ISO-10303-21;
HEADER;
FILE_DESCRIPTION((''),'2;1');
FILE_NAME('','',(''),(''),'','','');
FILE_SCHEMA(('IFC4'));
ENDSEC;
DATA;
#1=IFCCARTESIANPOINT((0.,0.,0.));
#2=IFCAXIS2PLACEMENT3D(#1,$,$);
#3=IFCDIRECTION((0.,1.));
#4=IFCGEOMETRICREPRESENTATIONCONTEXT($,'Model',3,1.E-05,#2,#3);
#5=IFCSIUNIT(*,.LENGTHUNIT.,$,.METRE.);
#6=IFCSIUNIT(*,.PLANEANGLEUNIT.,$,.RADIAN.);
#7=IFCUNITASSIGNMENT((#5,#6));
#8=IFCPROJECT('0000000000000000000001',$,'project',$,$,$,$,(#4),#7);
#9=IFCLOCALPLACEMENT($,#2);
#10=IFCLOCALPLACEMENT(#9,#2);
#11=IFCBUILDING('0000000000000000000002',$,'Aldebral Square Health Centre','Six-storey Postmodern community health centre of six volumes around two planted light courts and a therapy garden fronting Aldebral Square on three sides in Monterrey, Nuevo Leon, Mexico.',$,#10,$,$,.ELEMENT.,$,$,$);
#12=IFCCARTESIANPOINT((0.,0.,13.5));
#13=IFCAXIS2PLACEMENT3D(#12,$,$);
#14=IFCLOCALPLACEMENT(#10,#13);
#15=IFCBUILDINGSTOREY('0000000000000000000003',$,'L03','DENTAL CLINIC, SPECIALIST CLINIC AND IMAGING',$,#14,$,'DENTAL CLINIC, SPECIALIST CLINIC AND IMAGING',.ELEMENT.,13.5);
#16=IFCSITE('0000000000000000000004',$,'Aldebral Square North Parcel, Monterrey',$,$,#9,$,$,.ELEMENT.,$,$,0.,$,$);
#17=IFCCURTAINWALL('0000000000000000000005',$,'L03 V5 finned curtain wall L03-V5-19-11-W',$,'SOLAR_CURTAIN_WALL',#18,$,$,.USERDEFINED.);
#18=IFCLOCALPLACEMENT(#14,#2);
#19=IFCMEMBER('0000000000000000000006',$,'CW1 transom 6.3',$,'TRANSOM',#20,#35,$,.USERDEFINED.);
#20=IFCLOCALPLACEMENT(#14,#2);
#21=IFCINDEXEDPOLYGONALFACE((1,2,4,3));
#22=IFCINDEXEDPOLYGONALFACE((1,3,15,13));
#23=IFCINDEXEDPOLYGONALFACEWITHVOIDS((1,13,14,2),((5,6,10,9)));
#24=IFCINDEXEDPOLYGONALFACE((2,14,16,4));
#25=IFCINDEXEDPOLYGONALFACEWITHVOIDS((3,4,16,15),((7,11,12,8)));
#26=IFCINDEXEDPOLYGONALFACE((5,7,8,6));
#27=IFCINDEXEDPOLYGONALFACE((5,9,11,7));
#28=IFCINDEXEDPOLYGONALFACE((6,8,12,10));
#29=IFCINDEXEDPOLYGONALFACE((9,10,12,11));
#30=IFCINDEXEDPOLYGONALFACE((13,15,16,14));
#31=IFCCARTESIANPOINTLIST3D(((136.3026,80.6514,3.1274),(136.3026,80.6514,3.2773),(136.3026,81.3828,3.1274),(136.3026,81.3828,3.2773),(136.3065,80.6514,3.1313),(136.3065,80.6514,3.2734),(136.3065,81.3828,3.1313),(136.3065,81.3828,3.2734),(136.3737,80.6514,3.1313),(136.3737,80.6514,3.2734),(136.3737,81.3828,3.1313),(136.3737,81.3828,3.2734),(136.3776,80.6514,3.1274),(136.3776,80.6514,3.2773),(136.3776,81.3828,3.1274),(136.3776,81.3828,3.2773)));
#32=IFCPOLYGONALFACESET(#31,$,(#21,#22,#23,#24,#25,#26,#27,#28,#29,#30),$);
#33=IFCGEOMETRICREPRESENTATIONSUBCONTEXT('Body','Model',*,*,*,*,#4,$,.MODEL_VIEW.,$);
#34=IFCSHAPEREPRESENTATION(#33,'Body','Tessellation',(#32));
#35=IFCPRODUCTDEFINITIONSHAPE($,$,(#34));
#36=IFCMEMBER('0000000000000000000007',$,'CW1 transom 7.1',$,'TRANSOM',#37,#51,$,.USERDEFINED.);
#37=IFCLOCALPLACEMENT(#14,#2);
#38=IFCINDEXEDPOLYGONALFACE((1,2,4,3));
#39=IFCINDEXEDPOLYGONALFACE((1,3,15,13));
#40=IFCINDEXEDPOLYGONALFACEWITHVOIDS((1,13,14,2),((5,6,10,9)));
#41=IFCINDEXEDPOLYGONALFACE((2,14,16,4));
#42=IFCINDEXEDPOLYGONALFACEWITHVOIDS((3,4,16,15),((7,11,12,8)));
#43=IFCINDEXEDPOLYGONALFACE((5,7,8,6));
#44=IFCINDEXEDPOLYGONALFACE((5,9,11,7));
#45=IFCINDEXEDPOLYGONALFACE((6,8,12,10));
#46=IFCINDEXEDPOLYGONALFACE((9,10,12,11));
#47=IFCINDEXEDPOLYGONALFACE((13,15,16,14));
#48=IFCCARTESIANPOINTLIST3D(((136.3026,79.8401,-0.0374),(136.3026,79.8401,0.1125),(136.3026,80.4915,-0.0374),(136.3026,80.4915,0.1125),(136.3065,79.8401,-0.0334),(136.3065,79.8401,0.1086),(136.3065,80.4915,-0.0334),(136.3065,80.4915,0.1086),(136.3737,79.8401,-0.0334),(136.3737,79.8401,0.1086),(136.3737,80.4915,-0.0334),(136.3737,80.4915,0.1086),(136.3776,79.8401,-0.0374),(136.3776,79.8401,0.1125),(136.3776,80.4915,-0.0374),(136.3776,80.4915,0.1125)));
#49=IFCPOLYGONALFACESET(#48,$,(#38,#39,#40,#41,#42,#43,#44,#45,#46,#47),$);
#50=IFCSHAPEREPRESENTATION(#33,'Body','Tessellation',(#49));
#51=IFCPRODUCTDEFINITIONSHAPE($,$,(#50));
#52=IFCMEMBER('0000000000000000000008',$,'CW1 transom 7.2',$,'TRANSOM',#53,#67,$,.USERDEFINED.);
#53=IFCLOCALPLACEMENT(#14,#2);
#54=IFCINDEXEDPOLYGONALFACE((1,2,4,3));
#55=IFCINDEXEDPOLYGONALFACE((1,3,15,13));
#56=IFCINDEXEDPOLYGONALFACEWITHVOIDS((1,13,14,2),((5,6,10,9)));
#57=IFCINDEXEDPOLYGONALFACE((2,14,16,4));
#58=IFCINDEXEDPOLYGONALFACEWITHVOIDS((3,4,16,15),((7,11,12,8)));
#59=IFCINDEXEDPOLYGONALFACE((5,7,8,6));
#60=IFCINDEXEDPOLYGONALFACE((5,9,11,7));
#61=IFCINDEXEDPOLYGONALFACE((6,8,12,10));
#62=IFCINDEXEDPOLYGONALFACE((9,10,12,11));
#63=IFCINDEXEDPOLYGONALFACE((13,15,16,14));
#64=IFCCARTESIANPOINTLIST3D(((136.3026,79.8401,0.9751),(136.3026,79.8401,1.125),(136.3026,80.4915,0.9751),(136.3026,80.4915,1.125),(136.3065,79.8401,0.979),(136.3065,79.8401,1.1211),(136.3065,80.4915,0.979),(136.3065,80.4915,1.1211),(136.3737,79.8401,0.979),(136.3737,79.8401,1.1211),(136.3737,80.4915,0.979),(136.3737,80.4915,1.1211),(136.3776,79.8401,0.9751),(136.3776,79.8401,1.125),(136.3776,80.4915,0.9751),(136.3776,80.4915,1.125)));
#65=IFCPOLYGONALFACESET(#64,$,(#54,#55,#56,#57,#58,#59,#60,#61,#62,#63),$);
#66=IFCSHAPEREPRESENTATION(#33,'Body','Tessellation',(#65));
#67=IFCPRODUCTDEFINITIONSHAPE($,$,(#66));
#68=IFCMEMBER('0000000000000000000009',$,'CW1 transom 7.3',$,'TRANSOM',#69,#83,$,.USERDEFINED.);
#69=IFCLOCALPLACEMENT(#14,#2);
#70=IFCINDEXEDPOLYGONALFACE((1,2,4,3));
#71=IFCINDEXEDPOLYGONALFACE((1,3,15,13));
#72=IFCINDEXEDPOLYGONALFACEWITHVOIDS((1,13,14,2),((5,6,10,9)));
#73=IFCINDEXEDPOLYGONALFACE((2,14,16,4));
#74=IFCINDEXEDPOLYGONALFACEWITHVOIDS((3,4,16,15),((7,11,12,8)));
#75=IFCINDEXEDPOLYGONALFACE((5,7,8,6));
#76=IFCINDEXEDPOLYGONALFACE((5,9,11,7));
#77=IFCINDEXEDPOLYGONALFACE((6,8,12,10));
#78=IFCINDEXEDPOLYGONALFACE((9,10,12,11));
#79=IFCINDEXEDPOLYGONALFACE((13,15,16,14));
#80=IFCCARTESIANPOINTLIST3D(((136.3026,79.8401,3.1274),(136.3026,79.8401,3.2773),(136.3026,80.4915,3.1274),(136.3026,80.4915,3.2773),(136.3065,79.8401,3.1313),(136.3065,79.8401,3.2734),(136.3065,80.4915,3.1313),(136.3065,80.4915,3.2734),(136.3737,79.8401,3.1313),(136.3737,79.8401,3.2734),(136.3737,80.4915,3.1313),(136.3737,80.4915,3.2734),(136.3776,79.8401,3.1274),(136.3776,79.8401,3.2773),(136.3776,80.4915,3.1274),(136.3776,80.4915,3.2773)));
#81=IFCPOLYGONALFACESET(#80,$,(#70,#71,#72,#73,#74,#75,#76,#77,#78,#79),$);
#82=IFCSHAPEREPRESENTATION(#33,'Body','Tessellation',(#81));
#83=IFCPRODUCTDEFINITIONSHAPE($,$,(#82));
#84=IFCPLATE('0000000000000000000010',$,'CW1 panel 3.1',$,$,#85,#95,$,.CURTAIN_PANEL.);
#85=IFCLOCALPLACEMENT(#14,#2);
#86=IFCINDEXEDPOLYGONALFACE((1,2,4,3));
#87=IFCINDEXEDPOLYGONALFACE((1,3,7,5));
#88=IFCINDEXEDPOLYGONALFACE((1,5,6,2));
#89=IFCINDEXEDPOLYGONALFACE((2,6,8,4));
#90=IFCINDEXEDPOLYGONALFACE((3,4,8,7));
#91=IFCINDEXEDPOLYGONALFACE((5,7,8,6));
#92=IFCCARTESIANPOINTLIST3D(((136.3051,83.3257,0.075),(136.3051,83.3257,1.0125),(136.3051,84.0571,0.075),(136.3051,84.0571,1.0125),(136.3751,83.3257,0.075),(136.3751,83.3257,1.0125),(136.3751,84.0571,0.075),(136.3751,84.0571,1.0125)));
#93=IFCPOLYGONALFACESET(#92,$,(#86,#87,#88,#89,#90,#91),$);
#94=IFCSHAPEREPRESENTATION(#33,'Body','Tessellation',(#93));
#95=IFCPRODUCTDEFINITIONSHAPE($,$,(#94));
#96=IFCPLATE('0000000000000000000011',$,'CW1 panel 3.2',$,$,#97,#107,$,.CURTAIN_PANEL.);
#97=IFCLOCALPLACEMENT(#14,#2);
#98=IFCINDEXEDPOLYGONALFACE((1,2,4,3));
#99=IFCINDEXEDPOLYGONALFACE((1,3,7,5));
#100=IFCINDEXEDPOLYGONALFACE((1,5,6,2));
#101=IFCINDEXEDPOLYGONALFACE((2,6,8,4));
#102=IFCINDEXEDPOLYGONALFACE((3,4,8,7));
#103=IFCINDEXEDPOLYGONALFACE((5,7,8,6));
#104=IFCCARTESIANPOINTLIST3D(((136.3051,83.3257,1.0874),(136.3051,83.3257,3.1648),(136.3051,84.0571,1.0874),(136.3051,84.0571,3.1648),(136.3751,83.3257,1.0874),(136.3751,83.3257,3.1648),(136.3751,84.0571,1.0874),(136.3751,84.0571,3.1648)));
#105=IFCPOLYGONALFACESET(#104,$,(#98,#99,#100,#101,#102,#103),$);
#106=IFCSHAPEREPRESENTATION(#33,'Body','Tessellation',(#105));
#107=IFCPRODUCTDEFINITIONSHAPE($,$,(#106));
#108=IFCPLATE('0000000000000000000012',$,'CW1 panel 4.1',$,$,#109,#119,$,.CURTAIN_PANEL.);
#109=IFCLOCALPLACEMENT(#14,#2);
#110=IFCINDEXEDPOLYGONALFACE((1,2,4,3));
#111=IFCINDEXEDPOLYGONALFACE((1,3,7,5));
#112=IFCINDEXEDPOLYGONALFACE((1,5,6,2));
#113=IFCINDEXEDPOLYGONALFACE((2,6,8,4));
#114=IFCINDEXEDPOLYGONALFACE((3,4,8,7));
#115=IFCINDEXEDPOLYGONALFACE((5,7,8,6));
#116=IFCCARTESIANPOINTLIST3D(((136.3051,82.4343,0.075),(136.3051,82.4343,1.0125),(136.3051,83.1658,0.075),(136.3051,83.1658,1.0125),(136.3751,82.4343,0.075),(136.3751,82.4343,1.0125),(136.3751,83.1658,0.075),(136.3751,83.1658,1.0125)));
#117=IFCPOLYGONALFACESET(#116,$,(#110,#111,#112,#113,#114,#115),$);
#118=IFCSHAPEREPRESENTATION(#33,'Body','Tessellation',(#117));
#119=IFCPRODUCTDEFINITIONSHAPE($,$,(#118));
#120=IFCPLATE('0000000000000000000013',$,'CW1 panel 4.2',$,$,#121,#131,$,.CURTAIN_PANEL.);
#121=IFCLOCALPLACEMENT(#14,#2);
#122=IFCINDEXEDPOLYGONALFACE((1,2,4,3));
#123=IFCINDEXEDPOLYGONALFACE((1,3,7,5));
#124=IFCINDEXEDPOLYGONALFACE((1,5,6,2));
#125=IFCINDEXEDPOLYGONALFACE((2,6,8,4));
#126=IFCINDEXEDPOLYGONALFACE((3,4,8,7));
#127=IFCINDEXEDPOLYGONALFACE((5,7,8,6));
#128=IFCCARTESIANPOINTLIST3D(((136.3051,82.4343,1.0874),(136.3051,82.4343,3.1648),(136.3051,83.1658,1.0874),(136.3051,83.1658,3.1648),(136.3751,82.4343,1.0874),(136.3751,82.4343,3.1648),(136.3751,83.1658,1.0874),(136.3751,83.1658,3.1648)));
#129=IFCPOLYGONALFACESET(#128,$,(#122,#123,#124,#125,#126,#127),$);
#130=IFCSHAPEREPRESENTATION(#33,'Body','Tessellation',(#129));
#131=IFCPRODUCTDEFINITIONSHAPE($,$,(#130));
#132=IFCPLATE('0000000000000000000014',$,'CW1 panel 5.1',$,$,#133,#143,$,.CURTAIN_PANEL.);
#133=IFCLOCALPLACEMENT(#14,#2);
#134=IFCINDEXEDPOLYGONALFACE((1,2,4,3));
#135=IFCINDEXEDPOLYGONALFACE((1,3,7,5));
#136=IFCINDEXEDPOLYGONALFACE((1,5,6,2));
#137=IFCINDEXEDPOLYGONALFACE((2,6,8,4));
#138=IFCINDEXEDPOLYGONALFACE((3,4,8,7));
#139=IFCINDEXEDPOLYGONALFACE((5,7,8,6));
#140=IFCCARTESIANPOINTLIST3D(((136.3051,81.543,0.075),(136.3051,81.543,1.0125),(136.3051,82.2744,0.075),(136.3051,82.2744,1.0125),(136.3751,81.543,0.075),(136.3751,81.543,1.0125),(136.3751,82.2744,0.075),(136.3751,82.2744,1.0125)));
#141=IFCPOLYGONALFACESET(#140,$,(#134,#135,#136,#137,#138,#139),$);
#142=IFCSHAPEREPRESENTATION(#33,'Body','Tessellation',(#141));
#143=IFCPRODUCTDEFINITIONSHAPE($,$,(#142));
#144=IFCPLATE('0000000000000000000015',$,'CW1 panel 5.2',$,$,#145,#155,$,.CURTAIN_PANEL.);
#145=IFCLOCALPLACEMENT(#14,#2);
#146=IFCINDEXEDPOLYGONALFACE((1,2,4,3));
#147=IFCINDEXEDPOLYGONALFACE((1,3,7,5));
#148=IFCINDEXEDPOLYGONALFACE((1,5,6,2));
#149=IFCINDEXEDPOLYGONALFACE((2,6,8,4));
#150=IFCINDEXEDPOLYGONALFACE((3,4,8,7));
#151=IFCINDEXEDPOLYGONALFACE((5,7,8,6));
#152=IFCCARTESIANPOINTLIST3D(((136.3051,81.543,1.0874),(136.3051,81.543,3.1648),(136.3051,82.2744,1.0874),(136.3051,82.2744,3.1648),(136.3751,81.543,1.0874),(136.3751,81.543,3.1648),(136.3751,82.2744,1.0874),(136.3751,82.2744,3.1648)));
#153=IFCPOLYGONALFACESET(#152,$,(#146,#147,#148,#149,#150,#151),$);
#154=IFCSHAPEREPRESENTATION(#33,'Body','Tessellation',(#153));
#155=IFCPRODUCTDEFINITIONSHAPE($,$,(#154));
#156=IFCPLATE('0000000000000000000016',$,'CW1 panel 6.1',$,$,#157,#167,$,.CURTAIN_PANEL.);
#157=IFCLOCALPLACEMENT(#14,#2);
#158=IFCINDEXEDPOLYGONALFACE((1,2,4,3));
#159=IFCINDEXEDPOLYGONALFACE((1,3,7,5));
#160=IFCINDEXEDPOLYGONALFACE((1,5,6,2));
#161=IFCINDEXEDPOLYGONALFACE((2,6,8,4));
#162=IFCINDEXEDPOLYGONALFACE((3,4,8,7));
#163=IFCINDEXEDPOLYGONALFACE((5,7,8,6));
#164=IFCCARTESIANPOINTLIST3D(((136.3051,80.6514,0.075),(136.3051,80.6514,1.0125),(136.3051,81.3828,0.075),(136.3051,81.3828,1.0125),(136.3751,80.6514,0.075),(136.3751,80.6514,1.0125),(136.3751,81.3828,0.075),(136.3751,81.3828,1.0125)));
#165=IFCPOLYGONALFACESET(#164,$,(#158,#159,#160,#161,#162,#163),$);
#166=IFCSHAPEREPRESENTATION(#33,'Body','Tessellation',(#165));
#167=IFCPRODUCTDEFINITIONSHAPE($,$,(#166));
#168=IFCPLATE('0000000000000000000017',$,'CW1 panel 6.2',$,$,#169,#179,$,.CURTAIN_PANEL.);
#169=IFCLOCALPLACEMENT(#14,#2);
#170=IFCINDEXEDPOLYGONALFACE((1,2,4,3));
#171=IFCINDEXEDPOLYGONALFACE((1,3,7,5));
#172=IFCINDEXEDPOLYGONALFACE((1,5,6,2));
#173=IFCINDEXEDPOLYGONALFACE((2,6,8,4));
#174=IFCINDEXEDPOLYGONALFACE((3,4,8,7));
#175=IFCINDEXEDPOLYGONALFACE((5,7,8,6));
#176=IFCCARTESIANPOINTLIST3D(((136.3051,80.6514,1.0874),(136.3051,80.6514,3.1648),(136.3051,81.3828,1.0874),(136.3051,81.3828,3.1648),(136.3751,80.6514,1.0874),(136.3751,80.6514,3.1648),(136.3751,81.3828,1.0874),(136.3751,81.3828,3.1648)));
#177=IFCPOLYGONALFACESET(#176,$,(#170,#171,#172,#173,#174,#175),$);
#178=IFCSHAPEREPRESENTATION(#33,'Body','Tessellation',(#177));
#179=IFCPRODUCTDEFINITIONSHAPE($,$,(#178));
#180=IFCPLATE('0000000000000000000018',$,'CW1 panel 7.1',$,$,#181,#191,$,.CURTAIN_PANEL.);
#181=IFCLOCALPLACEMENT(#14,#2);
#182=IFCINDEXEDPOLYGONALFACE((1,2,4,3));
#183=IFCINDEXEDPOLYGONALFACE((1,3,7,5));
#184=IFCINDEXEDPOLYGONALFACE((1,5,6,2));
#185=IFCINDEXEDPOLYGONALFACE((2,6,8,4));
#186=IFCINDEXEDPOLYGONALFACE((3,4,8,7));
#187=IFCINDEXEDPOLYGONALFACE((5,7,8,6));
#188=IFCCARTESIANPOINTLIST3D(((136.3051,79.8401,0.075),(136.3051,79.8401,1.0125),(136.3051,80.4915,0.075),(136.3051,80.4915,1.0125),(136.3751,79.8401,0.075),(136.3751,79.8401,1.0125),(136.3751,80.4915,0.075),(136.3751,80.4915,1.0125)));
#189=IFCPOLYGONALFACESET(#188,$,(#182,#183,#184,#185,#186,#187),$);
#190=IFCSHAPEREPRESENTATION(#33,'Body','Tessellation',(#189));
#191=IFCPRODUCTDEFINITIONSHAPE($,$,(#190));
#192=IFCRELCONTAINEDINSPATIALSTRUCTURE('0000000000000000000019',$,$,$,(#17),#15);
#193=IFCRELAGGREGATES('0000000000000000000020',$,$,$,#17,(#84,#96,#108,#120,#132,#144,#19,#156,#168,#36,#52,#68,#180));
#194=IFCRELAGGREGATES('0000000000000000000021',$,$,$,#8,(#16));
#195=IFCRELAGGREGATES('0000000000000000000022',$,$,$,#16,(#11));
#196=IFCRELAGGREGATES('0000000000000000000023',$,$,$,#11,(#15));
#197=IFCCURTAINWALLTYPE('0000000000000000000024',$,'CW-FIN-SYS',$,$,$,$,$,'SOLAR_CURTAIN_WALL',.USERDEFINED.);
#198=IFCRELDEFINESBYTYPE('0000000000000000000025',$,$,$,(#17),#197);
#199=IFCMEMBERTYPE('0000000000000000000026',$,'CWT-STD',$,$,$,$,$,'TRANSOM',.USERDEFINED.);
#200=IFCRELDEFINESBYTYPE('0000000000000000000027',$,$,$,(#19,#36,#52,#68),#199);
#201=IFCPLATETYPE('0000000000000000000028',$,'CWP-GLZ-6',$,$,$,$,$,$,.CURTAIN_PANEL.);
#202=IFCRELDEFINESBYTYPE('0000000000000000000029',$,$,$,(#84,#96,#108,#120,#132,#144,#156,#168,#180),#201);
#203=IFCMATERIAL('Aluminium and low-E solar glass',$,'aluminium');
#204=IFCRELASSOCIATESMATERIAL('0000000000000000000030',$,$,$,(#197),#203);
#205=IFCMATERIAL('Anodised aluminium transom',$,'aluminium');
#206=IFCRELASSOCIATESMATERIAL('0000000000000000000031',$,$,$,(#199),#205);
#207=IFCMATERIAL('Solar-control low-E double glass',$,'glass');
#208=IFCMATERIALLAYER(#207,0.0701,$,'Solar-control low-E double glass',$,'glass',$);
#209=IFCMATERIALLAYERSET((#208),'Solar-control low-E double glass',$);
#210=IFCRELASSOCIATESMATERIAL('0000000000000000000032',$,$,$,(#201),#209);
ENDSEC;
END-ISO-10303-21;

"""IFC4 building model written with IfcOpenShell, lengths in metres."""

from ifc_helpers import new_model, si_unit, direction, frame, origin, origin_2d, place, context, subcontext, project, spatial, rectangle, hollow_rectangle, extrude, material, layer, layer_set, material_profile, profile_set, type_object, element, aggregate, save


model = new_model("IFC4")

# Units and contexts
model_context = context("Model", 3, precision=1e-05, world=origin(), true_north=direction((0.0, 1.0)))
body_context = subcontext(model_context, "Body", "Model", "MODEL_VIEW")
ifc_project = project(units=[si_unit("LENGTHUNIT", "METRE"), si_unit("PLANEANGLEUNIT", "RADIAN")], contexts=[model_context])

# Site, building, storey
site_placement = place(None, origin())
site = spatial("IfcSite", under=ifc_project, at=site_placement, Name="Aldebral Square North Parcel, Monterrey", CompositionType="ELEMENT", RefElevation=0.0)
building_placement = place(site_placement, origin())
building = spatial("IfcBuilding", under=site, at=building_placement, Name="Aldebral Square Health Centre", Description="Six-storey Postmodern community health centre of six volumes around two planted light courts and a therapy garden fronting Aldebral Square on three sides in Monterrey, Nuevo Leon, Mexico.", CompositionType="ELEMENT")
storey_placement = place(building_placement, frame((0.0, 0.0, 13.5)))
storey = spatial("IfcBuildingStorey", under=building, at=storey_placement, Name="L03", Description="DENTAL CLINIC, SPECIALIST CLINIC AND IMAGING", LongName="DENTAL CLINIC, SPECIALIST CLINIC AND IMAGING", CompositionType="ELEMENT", Elevation=13.5)

# Shared definitions
ifc_material_1 = material(Name="Aluminium and low-E solar glass", Category="aluminium")
curtain_wall_type = type_object("IfcCurtainWallType", Name="CW-FIN-SYS", ElementType="SOLAR_CURTAIN_WALL", PredefinedType="USERDEFINED", material=ifc_material_1)

# Curtain wall, members, plates
curtain_wall_1_placement = place(storey_placement, origin())
curtain_wall_1 = element("IfcCurtainWall", 1, at=curtain_wall_1_placement, inside=storey, type_object=curtain_wall_type, Name="L03 V5 finned curtain wall L03-V5-19-11-W", ObjectType="SOLAR_CURTAIN_WALL", PredefinedType="USERDEFINED")
ifc_material_2 = material(Name="Anodised aluminium transom", Category="aluminium")
ifc_material_profile_1 = material_profile(ifc_material_2, hollow_rectangle(XDim=0.075, YDim=0.1499, WallThickness=0.0039, at=origin_2d()), Name="CWT 75x150x4")
ifc_profile_set_1 = profile_set([ifc_material_profile_1], Name="Anodised aluminium transom")
member_type_1 = type_object("IfcMemberType", Name="CWT-STD", ElementType="TRANSOM", PredefinedType="USERDEFINED", material=ifc_profile_set_1)
member_1_placement = place(storey_placement, frame((136.3401, 81.3828, 3.2024), z_axis=(0.0, -1.0, 0.0), x_axis=(1.0, 0.0, 0.0)))
member_1 = element("IfcMember", 2, at=member_1_placement, type_object=member_type_1, Name="CW1 transom 6.3", ObjectType="TRANSOM", PredefinedType="USERDEFINED", context=body_context, shape_type="SweptSolid", body=[
    extrude(hollow_rectangle(XDim=0.075, YDim=0.1499, WallThickness=0.0039, at=origin_2d()), origin(), (0.0, 0.0, 1.0), 0.7314),
])
member_2_placement = place(storey_placement, frame((136.3401, 80.4915, 0.0376), z_axis=(0.0, -1.0, 0.0), x_axis=(1.0, 0.0, 0.0)))
member_2 = element("IfcMember", 3, at=member_2_placement, type_object=member_type_1, Name="CW1 transom 7.1", ObjectType="TRANSOM", PredefinedType="USERDEFINED", context=body_context, shape_type="SweptSolid", body=[
    extrude(hollow_rectangle(XDim=0.075, YDim=0.1499, WallThickness=0.0039, at=origin_2d()), origin(), (0.0, 0.0, 1.0), 0.6514),
])
member_3_placement = place(storey_placement, frame((136.3401, 80.4915, 1.05), z_axis=(0.0, -1.0, 0.0), x_axis=(1.0, 0.0, 0.0)))
member_3 = element("IfcMember", 4, at=member_3_placement, type_object=member_type_1, Name="CW1 transom 7.2", ObjectType="TRANSOM", PredefinedType="USERDEFINED", context=body_context, shape_type="SweptSolid", body=[
    extrude(hollow_rectangle(XDim=0.075, YDim=0.1499, WallThickness=0.0039, at=origin_2d()), origin(), (0.0, 0.0, 1.0), 0.6514),
])
member_4_placement = place(storey_placement, frame((136.3401, 80.4915, 3.2024), z_axis=(0.0, -1.0, 0.0), x_axis=(1.0, 0.0, 0.0)))
member_4 = element("IfcMember", 5, at=member_4_placement, type_object=member_type_1, Name="CW1 transom 7.3", ObjectType="TRANSOM", PredefinedType="USERDEFINED", context=body_context, shape_type="SweptSolid", body=[
    extrude(hollow_rectangle(XDim=0.075, YDim=0.1499, WallThickness=0.0039, at=origin_2d()), origin(), (0.0, 0.0, 1.0), 0.6514),
])
ifc_material_3 = material(Name="Solar-control low-E double glass", Category="glass")
ifc_layer_1 = layer(ifc_material_3, 0.0701, Name="Solar-control low-E double glass", Category="glass")
ifc_layer_set_1 = layer_set([ifc_layer_1], Name="Solar-control low-E double glass")
plate_type_1 = type_object("IfcPlateType", Name="CWP-GLZ-6", PredefinedType="CURTAIN_PANEL", material=ifc_layer_set_1)
plate_1_placement = place(storey_placement, frame((136.3401, 83.6914, 0.075), z_axis=(0.0, 0.0, 1.0), x_axis=(0.0, -1.0, 0.0)))
plate_1 = element("IfcPlate", 6, at=plate_1_placement, type_object=plate_type_1, Name="CW1 panel 3.1", PredefinedType="CURTAIN_PANEL", context=body_context, shape_type="SweptSolid", body=[
    extrude(rectangle(XDim=0.7314, YDim=0.0701, at=origin_2d()), origin(), (0.0, 0.0, 1.0), 0.9375),
])
plate_2_placement = place(storey_placement, frame((136.3401, 83.6914, 1.0874), z_axis=(0.0, 0.0, 1.0), x_axis=(0.0, -1.0, 0.0)))
plate_2 = element("IfcPlate", 7, at=plate_2_placement, type_object=plate_type_1, Name="CW1 panel 3.2", PredefinedType="CURTAIN_PANEL", context=body_context, shape_type="SweptSolid", body=[
    extrude(rectangle(XDim=0.7314, YDim=0.0701, at=origin_2d()), origin(), (0.0, 0.0, 1.0), 2.0774),
])
plate_3_placement = place(storey_placement, frame((136.3401, 82.8, 0.075), z_axis=(0.0, 0.0, 1.0), x_axis=(0.0, -1.0, 0.0)))
plate_3 = element("IfcPlate", 8, at=plate_3_placement, type_object=plate_type_1, Name="CW1 panel 4.1", PredefinedType="CURTAIN_PANEL", context=body_context, shape_type="SweptSolid", body=[
    extrude(rectangle(XDim=0.7314, YDim=0.0701, at=origin_2d()), origin(), (0.0, 0.0, 1.0), 0.9375),
])
plate_4_placement = place(storey_placement, frame((136.3401, 82.8, 1.0874), z_axis=(0.0, 0.0, 1.0), x_axis=(0.0, -1.0, 0.0)))
plate_4 = element("IfcPlate", 9, at=plate_4_placement, type_object=plate_type_1, Name="CW1 panel 4.2", PredefinedType="CURTAIN_PANEL", context=body_context, shape_type="SweptSolid", body=[
    extrude(rectangle(XDim=0.7314, YDim=0.0701, at=origin_2d()), origin(), (0.0, 0.0, 1.0), 2.0774),
])
plate_5_placement = place(storey_placement, frame((136.3401, 81.9087, 0.075), z_axis=(0.0, 0.0, 1.0), x_axis=(0.0, -1.0, 0.0)))
plate_5 = element("IfcPlate", 10, at=plate_5_placement, type_object=plate_type_1, Name="CW1 panel 5.1", PredefinedType="CURTAIN_PANEL", context=body_context, shape_type="SweptSolid", body=[
    extrude(rectangle(XDim=0.7314, YDim=0.0701, at=origin_2d()), origin(), (0.0, 0.0, 1.0), 0.9375),
])
plate_6_placement = place(storey_placement, frame((136.3401, 81.9087, 1.0874), z_axis=(0.0, 0.0, 1.0), x_axis=(0.0, -1.0, 0.0)))
plate_6 = element("IfcPlate", 11, at=plate_6_placement, type_object=plate_type_1, Name="CW1 panel 5.2", PredefinedType="CURTAIN_PANEL", context=body_context, shape_type="SweptSolid", body=[
    extrude(rectangle(XDim=0.7314, YDim=0.0701, at=origin_2d()), origin(), (0.0, 0.0, 1.0), 2.0774),
])
plate_7_placement = place(storey_placement, frame((136.3401, 81.0171, 0.075), z_axis=(0.0, 0.0, 1.0), x_axis=(0.0, -1.0, 0.0)))
plate_7 = element("IfcPlate", 12, at=plate_7_placement, type_object=plate_type_1, Name="CW1 panel 6.1", PredefinedType="CURTAIN_PANEL", context=body_context, shape_type="SweptSolid", body=[
    extrude(rectangle(XDim=0.7314, YDim=0.0701, at=origin_2d()), origin(), (0.0, 0.0, 1.0), 0.9375),
])
plate_8_placement = place(storey_placement, frame((136.3401, 81.0171, 1.0874), z_axis=(0.0, 0.0, 1.0), x_axis=(0.0, -1.0, 0.0)))
plate_8 = element("IfcPlate", 13, at=plate_8_placement, type_object=plate_type_1, Name="CW1 panel 6.2", PredefinedType="CURTAIN_PANEL", context=body_context, shape_type="SweptSolid", body=[
    extrude(rectangle(XDim=0.7314, YDim=0.0701, at=origin_2d()), origin(), (0.0, 0.0, 1.0), 2.0774),
])
plate_9_placement = place(storey_placement, frame((136.3401, 80.1658, 0.075), z_axis=(0.0, 0.0, 1.0), x_axis=(0.0, -1.0, 0.0)))
plate_9 = element("IfcPlate", 14, at=plate_9_placement, type_object=plate_type_1, Name="CW1 panel 7.1", PredefinedType="CURTAIN_PANEL", context=body_context, shape_type="SweptSolid", body=[
    extrude(rectangle(XDim=0.6514, YDim=0.0701, at=origin_2d()), origin(), (0.0, 0.0, 1.0), 0.9375),
])
aggregate(curtain_wall_1, [plate_1, plate_2, plate_3, plate_4, plate_5, plate_6, member_1, plate_7, plate_8, member_2, member_3, member_4, plate_9])

save(model, "model.ifc")
